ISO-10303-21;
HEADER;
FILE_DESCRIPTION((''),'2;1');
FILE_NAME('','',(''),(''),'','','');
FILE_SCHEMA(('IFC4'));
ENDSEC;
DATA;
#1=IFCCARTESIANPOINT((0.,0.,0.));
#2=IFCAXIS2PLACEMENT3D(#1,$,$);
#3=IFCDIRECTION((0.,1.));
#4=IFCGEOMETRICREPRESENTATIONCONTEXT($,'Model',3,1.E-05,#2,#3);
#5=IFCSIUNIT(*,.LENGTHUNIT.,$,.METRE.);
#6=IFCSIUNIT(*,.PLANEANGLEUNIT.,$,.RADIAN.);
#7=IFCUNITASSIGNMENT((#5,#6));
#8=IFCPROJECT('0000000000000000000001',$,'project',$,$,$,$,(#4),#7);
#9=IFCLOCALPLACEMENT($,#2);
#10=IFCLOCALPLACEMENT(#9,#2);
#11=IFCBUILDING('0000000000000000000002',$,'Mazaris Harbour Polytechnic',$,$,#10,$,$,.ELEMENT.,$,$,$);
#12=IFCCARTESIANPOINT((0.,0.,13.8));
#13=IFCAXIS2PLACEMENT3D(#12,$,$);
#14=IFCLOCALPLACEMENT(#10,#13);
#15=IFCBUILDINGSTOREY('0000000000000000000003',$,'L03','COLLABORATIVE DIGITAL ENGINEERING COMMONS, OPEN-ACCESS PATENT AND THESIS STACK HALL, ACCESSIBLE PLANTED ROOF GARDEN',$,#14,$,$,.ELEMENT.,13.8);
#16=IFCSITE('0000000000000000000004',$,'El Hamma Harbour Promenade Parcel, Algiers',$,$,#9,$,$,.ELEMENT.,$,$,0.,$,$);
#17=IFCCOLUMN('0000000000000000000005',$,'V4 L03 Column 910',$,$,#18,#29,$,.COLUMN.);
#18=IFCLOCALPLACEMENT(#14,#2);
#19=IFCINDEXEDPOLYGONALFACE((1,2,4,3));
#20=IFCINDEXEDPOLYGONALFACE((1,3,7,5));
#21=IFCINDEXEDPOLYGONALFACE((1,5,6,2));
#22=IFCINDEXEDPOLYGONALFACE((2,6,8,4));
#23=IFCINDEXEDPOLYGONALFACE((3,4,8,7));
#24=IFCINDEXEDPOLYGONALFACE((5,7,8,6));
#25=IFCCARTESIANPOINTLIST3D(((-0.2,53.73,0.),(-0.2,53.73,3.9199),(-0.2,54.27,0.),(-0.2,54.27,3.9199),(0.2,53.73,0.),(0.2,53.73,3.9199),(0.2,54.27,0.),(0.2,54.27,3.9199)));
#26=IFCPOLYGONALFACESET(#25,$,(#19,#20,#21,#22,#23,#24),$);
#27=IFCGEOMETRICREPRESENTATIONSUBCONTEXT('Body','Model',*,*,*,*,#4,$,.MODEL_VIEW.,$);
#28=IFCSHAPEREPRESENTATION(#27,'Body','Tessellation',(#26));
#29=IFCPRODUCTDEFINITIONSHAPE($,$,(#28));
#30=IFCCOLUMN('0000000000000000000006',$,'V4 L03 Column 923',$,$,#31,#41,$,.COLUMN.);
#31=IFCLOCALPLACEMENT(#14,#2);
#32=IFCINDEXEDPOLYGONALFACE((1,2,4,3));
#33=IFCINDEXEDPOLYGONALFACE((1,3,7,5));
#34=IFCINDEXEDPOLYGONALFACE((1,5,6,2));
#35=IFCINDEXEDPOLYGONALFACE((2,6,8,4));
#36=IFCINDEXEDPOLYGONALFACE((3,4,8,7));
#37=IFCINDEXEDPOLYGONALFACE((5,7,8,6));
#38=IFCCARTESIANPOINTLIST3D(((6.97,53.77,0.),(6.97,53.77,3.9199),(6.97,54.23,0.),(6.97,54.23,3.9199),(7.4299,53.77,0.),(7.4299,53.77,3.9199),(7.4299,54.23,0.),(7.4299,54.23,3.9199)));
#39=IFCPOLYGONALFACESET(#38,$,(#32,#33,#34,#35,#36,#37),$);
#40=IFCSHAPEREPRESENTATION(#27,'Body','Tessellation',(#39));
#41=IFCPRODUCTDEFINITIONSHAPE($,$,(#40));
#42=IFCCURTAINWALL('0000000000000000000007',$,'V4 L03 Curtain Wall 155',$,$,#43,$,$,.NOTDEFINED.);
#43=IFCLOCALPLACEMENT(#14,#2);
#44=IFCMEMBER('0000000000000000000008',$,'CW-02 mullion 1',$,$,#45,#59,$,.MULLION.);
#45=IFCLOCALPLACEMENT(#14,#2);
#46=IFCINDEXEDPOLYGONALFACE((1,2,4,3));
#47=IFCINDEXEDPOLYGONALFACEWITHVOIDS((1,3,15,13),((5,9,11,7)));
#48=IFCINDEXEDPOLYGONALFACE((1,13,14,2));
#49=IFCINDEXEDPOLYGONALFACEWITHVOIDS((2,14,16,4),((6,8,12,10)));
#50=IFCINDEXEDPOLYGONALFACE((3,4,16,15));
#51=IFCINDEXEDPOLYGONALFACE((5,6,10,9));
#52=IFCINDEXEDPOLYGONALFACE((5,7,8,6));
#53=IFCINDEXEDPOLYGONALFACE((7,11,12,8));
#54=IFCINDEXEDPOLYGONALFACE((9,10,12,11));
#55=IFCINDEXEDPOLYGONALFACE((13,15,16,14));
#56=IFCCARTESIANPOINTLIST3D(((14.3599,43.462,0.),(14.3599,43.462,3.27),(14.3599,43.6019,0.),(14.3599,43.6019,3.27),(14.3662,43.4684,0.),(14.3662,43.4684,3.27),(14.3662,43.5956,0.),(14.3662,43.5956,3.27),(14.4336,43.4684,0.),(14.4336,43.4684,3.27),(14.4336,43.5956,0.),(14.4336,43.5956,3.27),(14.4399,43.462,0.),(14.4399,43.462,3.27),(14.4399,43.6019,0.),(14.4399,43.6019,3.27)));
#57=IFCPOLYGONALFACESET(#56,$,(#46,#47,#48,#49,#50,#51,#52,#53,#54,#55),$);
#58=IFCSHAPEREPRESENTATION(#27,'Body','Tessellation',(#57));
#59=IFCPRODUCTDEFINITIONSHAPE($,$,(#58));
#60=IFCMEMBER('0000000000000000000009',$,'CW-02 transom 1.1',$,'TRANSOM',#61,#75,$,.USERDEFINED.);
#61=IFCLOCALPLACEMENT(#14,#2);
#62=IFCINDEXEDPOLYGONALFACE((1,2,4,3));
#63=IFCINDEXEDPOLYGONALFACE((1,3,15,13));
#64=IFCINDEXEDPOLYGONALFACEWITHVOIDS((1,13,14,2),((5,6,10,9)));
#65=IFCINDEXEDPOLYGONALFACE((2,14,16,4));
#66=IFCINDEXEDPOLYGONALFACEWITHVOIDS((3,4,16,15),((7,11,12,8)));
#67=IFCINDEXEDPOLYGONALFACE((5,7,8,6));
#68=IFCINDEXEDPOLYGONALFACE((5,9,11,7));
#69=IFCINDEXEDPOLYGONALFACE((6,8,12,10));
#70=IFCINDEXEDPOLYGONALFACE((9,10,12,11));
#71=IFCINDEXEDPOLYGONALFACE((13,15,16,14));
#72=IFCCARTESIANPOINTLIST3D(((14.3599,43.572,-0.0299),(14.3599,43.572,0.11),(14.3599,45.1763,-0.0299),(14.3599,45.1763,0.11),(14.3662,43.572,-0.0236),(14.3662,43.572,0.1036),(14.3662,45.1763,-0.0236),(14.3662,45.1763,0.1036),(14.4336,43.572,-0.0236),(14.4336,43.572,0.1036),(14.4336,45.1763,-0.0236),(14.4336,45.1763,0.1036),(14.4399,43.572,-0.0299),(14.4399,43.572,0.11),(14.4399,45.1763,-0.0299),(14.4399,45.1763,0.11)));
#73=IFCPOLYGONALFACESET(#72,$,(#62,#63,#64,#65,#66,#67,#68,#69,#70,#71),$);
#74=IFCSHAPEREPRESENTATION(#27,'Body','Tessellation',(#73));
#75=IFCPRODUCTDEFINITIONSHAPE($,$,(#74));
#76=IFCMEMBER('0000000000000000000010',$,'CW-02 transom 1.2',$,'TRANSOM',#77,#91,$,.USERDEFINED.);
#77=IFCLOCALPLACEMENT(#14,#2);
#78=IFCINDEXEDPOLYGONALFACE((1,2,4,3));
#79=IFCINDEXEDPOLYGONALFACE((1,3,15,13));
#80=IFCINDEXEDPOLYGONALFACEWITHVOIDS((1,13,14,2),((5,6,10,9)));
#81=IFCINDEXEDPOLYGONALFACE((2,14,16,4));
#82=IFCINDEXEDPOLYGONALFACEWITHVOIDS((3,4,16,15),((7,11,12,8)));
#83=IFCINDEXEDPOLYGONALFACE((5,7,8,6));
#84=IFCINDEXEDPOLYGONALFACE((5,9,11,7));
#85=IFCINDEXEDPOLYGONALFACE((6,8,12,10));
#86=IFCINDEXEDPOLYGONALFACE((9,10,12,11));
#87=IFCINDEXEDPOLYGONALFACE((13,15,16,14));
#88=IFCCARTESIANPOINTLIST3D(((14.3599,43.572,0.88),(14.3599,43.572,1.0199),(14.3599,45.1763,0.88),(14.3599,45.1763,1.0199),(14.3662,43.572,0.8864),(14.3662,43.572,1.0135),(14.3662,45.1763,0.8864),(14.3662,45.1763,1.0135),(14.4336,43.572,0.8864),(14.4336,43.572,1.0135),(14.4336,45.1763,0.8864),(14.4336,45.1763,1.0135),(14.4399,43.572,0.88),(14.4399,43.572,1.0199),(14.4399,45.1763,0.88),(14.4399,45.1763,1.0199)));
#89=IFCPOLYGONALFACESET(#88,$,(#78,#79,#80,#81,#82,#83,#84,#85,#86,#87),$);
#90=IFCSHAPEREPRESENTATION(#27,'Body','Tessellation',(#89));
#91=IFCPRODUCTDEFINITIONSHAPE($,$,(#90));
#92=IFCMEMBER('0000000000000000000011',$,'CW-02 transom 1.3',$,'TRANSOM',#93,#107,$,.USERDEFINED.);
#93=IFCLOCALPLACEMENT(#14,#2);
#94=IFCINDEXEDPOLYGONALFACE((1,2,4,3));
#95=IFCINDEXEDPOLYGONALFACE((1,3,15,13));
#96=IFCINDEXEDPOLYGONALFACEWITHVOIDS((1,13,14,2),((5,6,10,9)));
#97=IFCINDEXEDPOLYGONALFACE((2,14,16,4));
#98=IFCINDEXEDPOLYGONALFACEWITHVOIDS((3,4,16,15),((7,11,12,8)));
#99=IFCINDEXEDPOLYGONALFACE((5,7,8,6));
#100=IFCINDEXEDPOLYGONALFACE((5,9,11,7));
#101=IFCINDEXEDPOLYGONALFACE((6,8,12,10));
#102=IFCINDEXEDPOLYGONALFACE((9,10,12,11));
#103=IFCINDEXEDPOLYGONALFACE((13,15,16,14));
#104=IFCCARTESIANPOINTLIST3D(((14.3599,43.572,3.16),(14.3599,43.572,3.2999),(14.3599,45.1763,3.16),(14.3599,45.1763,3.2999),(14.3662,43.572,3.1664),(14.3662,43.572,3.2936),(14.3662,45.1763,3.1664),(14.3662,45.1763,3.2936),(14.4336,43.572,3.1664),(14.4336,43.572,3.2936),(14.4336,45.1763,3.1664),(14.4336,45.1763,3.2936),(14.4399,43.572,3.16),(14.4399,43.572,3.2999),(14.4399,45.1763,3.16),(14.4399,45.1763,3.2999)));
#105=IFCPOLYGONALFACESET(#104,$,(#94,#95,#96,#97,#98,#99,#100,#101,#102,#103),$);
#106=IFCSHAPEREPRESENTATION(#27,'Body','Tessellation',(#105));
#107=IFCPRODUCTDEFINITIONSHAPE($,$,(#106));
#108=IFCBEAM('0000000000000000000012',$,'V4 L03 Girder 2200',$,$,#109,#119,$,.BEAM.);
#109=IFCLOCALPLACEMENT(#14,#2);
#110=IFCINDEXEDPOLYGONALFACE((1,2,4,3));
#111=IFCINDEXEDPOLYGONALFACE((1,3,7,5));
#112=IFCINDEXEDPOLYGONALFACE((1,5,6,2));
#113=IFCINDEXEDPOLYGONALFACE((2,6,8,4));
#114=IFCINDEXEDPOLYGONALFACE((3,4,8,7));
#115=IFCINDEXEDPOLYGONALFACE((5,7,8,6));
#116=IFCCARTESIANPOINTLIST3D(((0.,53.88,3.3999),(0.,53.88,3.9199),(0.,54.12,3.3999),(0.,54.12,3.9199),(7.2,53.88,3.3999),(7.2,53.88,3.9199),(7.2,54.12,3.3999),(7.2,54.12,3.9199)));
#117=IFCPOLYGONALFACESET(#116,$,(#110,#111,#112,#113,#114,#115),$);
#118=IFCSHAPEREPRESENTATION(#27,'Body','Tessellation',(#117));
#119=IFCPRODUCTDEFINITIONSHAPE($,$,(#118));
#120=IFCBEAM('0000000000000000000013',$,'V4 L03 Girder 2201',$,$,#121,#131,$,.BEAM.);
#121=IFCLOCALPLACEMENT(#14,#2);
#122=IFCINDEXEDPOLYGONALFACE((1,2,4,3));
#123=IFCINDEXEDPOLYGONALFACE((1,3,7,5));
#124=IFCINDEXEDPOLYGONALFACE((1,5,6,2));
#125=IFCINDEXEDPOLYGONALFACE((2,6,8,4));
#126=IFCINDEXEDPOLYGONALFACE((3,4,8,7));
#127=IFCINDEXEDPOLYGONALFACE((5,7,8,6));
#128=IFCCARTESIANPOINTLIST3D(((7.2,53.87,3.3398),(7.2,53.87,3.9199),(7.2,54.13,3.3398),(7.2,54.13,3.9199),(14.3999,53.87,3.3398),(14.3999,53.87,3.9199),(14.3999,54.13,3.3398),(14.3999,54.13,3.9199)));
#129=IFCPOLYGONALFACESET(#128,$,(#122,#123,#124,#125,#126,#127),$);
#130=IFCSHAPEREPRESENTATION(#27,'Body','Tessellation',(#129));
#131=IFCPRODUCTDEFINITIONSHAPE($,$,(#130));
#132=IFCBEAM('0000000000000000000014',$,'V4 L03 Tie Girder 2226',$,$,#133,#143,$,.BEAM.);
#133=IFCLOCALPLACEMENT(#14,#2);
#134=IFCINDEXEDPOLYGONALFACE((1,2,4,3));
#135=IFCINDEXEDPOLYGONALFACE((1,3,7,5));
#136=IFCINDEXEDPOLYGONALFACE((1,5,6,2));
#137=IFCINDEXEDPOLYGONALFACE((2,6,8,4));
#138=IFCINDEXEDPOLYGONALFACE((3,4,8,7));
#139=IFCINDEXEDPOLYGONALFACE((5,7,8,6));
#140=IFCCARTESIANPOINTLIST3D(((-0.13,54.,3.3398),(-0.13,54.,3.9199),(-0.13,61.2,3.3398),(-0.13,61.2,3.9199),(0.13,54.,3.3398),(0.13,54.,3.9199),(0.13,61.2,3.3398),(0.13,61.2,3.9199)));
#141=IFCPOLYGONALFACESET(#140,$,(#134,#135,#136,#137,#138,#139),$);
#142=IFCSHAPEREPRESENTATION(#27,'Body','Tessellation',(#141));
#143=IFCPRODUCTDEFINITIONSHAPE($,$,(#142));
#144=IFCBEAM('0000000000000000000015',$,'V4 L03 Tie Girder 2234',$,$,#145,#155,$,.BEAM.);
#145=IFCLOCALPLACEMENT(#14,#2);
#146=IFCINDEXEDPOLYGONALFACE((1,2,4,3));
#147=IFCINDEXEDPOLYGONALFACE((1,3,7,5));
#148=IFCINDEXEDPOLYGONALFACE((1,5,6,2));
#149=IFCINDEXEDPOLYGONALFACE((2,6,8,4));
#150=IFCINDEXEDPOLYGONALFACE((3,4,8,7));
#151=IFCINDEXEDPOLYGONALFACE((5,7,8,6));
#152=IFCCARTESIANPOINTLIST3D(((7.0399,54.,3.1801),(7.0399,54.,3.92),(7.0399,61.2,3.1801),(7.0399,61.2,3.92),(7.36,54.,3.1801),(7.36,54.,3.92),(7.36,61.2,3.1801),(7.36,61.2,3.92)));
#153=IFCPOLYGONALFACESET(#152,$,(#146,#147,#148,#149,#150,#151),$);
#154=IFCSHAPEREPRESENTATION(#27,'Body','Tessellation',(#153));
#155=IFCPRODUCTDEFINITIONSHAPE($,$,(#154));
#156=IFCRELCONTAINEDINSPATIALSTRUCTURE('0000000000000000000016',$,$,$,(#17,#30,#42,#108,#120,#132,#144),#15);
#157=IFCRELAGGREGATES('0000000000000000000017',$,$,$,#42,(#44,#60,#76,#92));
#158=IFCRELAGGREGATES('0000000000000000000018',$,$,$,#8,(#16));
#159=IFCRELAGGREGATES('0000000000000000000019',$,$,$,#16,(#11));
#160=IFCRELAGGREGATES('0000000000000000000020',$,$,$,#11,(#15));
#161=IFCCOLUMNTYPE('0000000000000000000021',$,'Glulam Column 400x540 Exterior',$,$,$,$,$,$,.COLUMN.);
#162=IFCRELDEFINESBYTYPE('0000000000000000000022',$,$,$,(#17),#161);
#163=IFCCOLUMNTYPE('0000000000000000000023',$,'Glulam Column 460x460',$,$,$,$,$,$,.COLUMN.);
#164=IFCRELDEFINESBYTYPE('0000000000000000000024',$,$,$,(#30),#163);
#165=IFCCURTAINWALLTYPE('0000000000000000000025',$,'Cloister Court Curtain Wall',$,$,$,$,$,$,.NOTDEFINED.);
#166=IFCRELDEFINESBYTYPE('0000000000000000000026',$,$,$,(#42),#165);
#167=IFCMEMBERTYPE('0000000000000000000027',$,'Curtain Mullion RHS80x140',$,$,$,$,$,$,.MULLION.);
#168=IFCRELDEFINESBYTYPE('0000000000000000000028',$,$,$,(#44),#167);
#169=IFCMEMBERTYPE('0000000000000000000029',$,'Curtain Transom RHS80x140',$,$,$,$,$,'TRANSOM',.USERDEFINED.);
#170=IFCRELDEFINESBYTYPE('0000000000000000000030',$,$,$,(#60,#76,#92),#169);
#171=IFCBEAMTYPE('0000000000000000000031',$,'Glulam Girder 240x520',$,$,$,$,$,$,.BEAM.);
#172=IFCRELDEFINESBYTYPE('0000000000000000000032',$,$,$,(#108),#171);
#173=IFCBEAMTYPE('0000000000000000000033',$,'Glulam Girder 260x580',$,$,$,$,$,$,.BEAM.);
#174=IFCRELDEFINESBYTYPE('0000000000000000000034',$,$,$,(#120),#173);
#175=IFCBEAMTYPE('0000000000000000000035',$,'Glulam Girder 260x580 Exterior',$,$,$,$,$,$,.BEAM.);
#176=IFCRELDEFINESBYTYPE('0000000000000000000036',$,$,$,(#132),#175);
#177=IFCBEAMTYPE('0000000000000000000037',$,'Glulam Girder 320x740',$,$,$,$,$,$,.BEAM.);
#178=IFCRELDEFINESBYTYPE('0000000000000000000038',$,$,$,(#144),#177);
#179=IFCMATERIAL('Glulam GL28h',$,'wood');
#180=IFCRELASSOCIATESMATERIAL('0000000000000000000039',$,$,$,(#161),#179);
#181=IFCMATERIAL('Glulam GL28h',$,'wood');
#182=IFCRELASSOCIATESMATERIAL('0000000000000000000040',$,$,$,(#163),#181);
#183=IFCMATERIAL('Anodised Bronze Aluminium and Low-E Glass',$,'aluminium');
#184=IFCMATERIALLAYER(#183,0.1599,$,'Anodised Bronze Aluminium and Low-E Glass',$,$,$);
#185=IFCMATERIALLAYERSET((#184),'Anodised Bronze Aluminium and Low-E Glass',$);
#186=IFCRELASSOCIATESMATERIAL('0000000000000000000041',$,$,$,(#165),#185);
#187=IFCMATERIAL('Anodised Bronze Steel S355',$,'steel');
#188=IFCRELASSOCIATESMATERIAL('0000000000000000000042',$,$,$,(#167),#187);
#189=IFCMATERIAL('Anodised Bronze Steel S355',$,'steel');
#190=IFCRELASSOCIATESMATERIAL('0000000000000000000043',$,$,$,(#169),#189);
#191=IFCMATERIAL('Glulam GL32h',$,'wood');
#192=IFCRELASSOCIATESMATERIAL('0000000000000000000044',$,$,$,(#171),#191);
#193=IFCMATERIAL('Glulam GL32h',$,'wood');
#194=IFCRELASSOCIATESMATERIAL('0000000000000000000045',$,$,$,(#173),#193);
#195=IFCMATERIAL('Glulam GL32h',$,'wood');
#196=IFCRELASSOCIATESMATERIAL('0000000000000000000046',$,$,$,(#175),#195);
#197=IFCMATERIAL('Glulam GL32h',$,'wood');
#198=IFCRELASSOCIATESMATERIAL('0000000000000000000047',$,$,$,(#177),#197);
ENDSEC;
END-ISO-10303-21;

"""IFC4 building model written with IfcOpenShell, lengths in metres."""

from ifc_helpers import new_model, si_unit, direction, frame, origin, origin_2d, place, context, subcontext, project, spatial, rectangle, hollow_rectangle, extrude, material, layer, layer_set, material_profile, profile_set, type_object, element, aggregate, save


model = new_model("IFC4")

# Units and contexts
model_context = context("Model", 3, precision=1e-05, world=origin(), true_north=direction((0.0, 1.0)))
body_context = subcontext(model_context, "Body", "Model", "MODEL_VIEW")
ifc_project = project(units=[si_unit("LENGTHUNIT", "METRE"), si_unit("PLANEANGLEUNIT", "RADIAN")], contexts=[model_context])

# Site, building, storey
site_placement = place(None, origin())
site = spatial("IfcSite", under=ifc_project, at=site_placement, Name="El Hamma Harbour Promenade Parcel, Algiers", CompositionType="ELEMENT", RefElevation=0.0)
building_placement = place(site_placement, origin())
building = spatial("IfcBuilding", under=site, at=building_placement, Name="Mazaris Harbour Polytechnic", CompositionType="ELEMENT")
storey_placement = place(building_placement, frame((0.0, 0.0, 13.8)))
storey = spatial("IfcBuildingStorey", under=building, at=storey_placement, Name="L03", Description="COLLABORATIVE DIGITAL ENGINEERING COMMONS, OPEN-ACCESS PATENT AND THESIS STACK HALL, ACCESSIBLE PLANTED ROOF GARDEN", CompositionType="ELEMENT", Elevation=13.8)

# Columns
ifc_material_1 = material(Name="Glulam GL28h", Category="wood")
ifc_material_profile_1 = material_profile(ifc_material_1, rectangle(XDim=0.3999, YDim=0.54, at=origin_2d()), Name="RECT400x540")
ifc_profile_set_1 = profile_set([ifc_material_profile_1], Name="Glulam GL28h")
column_type_1 = type_object("IfcColumnType", Name="Glulam Column 400x540 Exterior", PredefinedType="COLUMN", material=ifc_profile_set_1)
column_1_placement = place(storey_placement, frame((0.0, 54.0, 0.0), z_axis=(0.0, 0.0, 1.0), x_axis=(1.0, 0.0, 0.0)))
element("IfcColumn", 1, at=column_1_placement, inside=storey, type_object=column_type_1, Name="V4 L03 Column 910", PredefinedType="COLUMN", context=body_context, shape_type="SweptSolid", body=[
    extrude(rectangle(XDim=0.3999, YDim=0.54, at=origin_2d()), origin(), (0.0, 0.0, 1.0), 3.9199),
])
ifc_material_2 = material(Name="Glulam GL28h", Category="wood")
ifc_material_profile_2 = material_profile(ifc_material_2, rectangle(XDim=0.46, YDim=0.46, at=origin_2d()), Name="RECT460x460")
ifc_profile_set_2 = profile_set([ifc_material_profile_2], Name="Glulam GL28h")
column_type_2 = type_object("IfcColumnType", Name="Glulam Column 460x460", PredefinedType="COLUMN", material=ifc_profile_set_2)
column_2_placement = place(storey_placement, frame((7.2, 54.0, 0.0), z_axis=(0.0, 0.0, 1.0), x_axis=(1.0, 0.0, 0.0)))
element("IfcColumn", 2, at=column_2_placement, inside=storey, type_object=column_type_2, Name="V4 L03 Column 923", PredefinedType="COLUMN", context=body_context, shape_type="SweptSolid", body=[
    extrude(rectangle(XDim=0.46, YDim=0.46, at=origin_2d()), origin(), (0.0, 0.0, 1.0), 3.9199),
])

# Curtain wall, members
ifc_material_3 = material(Name="Anodised Bronze Aluminium and Low-E Glass", Category="aluminium")
ifc_layer_1 = layer(ifc_material_3, 0.1599, Name="Anodised Bronze Aluminium and Low-E Glass")
ifc_layer_set_1 = layer_set([ifc_layer_1], Name="Anodised Bronze Aluminium and Low-E Glass")
curtain_wall_type = type_object("IfcCurtainWallType", Name="Cloister Court Curtain Wall", PredefinedType="NOTDEFINED", material=ifc_layer_set_1)
curtain_wall_placement = place(storey_placement, origin())
curtain_wall = element("IfcCurtainWall", 3, at=curtain_wall_placement, inside=storey, type_object=curtain_wall_type, Name="V4 L03 Curtain Wall 155", PredefinedType="NOTDEFINED")
ifc_material_4 = material(Name="Anodised Bronze Steel S355", Category="steel")
ifc_material_profile_3 = material_profile(ifc_material_4, hollow_rectangle(XDim=0.0801, YDim=0.1399, WallThickness=0.0063, at=origin_2d()), Name="RHS 80x140x6.3")
ifc_profile_set_3 = profile_set([ifc_material_profile_3], Name="Anodised Bronze Steel S355")
member_type_1 = type_object("IfcMemberType", Name="Curtain Mullion RHS80x140", PredefinedType="MULLION", material=ifc_profile_set_3)
member_1_placement = place(storey_placement, frame((14.3999, 43.532, 0.0), z_axis=(0.0, 0.0, 1.0), x_axis=(-1.0, 0.0, 0.0)))
member_1 = element("IfcMember", 4, at=member_1_placement, type_object=member_type_1, Name="CW-02 mullion 1", PredefinedType="MULLION", context=body_context, shape_type="SweptSolid", body=[
    extrude(hollow_rectangle(XDim=0.0801, YDim=0.1399, WallThickness=0.0063, at=origin_2d()), origin(), (0.0, 0.0, 1.0), 3.27),
])
ifc_material_5 = material(Name="Anodised Bronze Steel S355", Category="steel")
ifc_material_profile_4 = material_profile(ifc_material_5, hollow_rectangle(XDim=0.0801, YDim=0.1399, WallThickness=0.0063, at=origin_2d()), Name="RHS 80x140x6.3")
ifc_profile_set_4 = profile_set([ifc_material_profile_4], Name="Anodised Bronze Steel S355")
member_type_2 = type_object("IfcMemberType", Name="Curtain Transom RHS80x140", ElementType="TRANSOM", PredefinedType="USERDEFINED", material=ifc_profile_set_4)
member_2_placement = place(storey_placement, frame((14.3999, 43.572, 0.04), z_axis=(0.0, 1.0, 0.0), x_axis=(-1.0, 0.0, 0.0)))
member_2 = element("IfcMember", 5, at=member_2_placement, type_object=member_type_2, Name="CW-02 transom 1.1", ObjectType="TRANSOM", PredefinedType="USERDEFINED", context=body_context, shape_type="SweptSolid", body=[
    extrude(hollow_rectangle(XDim=0.0801, YDim=0.1399, WallThickness=0.0063, at=origin_2d()), origin(), (0.0, 0.0, 1.0), 1.6042),
])
member_3_placement = place(storey_placement, frame((14.3999, 43.572, 0.95), z_axis=(0.0, 1.0, 0.0), x_axis=(-1.0, 0.0, 0.0)))
member_3 = element("IfcMember", 6, at=member_3_placement, type_object=member_type_2, Name="CW-02 transom 1.2", ObjectType="TRANSOM", PredefinedType="USERDEFINED", context=body_context, shape_type="SweptSolid", body=[
    extrude(hollow_rectangle(XDim=0.0801, YDim=0.1399, WallThickness=0.0063, at=origin_2d()), origin(), (0.0, 0.0, 1.0), 1.6042),
])
member_4_placement = place(storey_placement, frame((14.3999, 43.572, 3.23), z_axis=(0.0, 1.0, 0.0), x_axis=(-1.0, 0.0, 0.0)))
member_4 = element("IfcMember", 7, at=member_4_placement, type_object=member_type_2, Name="CW-02 transom 1.3", ObjectType="TRANSOM", PredefinedType="USERDEFINED", context=body_context, shape_type="SweptSolid", body=[
    extrude(hollow_rectangle(XDim=0.0801, YDim=0.1399, WallThickness=0.0063, at=origin_2d()), origin(), (0.0, 0.0, 1.0), 1.6042),
])

# Beams
ifc_material_6 = material(Name="Glulam GL32h", Category="wood")
ifc_material_profile_5 = material_profile(ifc_material_6, rectangle(XDim=0.24, YDim=0.52, at=origin_2d()), Name="RECT240x520")
ifc_profile_set_5 = profile_set([ifc_material_profile_5], Name="Glulam GL32h")
beam_type_1 = type_object("IfcBeamType", Name="Glulam Girder 240x520", PredefinedType="BEAM", material=ifc_profile_set_5)
beam_1_placement = place(storey_placement, frame((0.0, 54.0, 3.6599), z_axis=(1.0, 0.0, 0.0), x_axis=(0.0, 1.0, 0.0)))
element("IfcBeam", 8, at=beam_1_placement, inside=storey, type_object=beam_type_1, Name="V4 L03 Girder 2200", PredefinedType="BEAM", context=body_context, shape_type="SweptSolid", body=[
    extrude(rectangle(XDim=0.24, YDim=0.52, at=origin_2d()), origin(), (0.0, 0.0, 1.0), 7.2),
])
ifc_material_7 = material(Name="Glulam GL32h", Category="wood")
ifc_material_profile_6 = material_profile(ifc_material_7, rectangle(XDim=0.26, YDim=0.5801, at=origin_2d()), Name="RECT260x580")
ifc_profile_set_6 = profile_set([ifc_material_profile_6], Name="Glulam GL32h")
beam_type_2 = type_object("IfcBeamType", Name="Glulam Girder 260x580", PredefinedType="BEAM", material=ifc_profile_set_6)
beam_2_placement = place(storey_placement, frame((7.2, 54.0, 3.6299), z_axis=(1.0, 0.0, 0.0), x_axis=(0.0, 1.0, 0.0)))
element("IfcBeam", 9, at=beam_2_placement, inside=storey, type_object=beam_type_2, Name="V4 L03 Girder 2201", PredefinedType="BEAM", context=body_context, shape_type="SweptSolid", body=[
    extrude(rectangle(XDim=0.26, YDim=0.5801, at=origin_2d()), origin(), (0.0, 0.0, 1.0), 7.2),
])
ifc_material_8 = material(Name="Glulam GL32h", Category="wood")
ifc_material_profile_7 = material_profile(ifc_material_8, rectangle(XDim=0.26, YDim=0.5801, at=origin_2d()), Name="RECT260x580")
ifc_profile_set_7 = profile_set([ifc_material_profile_7], Name="Glulam GL32h")
beam_type_3 = type_object("IfcBeamType", Name="Glulam Girder 260x580 Exterior", PredefinedType="BEAM", material=ifc_profile_set_7)
beam_3_placement = place(storey_placement, frame((0.0, 54.0, 3.6299), z_axis=(0.0, 1.0, 0.0), x_axis=(-1.0, 0.0, 0.0)))
element("IfcBeam", 10, at=beam_3_placement, inside=storey, type_object=beam_type_3, Name="V4 L03 Tie Girder 2226", PredefinedType="BEAM", context=body_context, shape_type="SweptSolid", body=[
    extrude(rectangle(XDim=0.26, YDim=0.5801, at=origin_2d()), origin(), (0.0, 0.0, 1.0), 7.2),
])
ifc_material_9 = material(Name="Glulam GL32h", Category="wood")
ifc_material_profile_8 = material_profile(ifc_material_9, rectangle(XDim=0.3201, YDim=0.74, at=origin_2d()), Name="RECT320x740")
ifc_profile_set_8 = profile_set([ifc_material_profile_8], Name="Glulam GL32h")
beam_type_4 = type_object("IfcBeamType", Name="Glulam Girder 320x740", PredefinedType="BEAM", material=ifc_profile_set_8)
beam_4_placement = place(storey_placement, frame((7.2, 54.0, 3.55), z_axis=(0.0, 1.0, 0.0), x_axis=(-1.0, 0.0, 0.0)))
element("IfcBeam", 11, at=beam_4_placement, inside=storey, type_object=beam_type_4, Name="V4 L03 Tie Girder 2234", PredefinedType="BEAM", context=body_context, shape_type="SweptSolid", body=[
    extrude(rectangle(XDim=0.3201, YDim=0.74, at=origin_2d()), origin(), (0.0, 0.0, 1.0), 7.2),
])

aggregate(curtain_wall, [member_1, member_2, member_3, member_4])

save(model, "model.ifc")
